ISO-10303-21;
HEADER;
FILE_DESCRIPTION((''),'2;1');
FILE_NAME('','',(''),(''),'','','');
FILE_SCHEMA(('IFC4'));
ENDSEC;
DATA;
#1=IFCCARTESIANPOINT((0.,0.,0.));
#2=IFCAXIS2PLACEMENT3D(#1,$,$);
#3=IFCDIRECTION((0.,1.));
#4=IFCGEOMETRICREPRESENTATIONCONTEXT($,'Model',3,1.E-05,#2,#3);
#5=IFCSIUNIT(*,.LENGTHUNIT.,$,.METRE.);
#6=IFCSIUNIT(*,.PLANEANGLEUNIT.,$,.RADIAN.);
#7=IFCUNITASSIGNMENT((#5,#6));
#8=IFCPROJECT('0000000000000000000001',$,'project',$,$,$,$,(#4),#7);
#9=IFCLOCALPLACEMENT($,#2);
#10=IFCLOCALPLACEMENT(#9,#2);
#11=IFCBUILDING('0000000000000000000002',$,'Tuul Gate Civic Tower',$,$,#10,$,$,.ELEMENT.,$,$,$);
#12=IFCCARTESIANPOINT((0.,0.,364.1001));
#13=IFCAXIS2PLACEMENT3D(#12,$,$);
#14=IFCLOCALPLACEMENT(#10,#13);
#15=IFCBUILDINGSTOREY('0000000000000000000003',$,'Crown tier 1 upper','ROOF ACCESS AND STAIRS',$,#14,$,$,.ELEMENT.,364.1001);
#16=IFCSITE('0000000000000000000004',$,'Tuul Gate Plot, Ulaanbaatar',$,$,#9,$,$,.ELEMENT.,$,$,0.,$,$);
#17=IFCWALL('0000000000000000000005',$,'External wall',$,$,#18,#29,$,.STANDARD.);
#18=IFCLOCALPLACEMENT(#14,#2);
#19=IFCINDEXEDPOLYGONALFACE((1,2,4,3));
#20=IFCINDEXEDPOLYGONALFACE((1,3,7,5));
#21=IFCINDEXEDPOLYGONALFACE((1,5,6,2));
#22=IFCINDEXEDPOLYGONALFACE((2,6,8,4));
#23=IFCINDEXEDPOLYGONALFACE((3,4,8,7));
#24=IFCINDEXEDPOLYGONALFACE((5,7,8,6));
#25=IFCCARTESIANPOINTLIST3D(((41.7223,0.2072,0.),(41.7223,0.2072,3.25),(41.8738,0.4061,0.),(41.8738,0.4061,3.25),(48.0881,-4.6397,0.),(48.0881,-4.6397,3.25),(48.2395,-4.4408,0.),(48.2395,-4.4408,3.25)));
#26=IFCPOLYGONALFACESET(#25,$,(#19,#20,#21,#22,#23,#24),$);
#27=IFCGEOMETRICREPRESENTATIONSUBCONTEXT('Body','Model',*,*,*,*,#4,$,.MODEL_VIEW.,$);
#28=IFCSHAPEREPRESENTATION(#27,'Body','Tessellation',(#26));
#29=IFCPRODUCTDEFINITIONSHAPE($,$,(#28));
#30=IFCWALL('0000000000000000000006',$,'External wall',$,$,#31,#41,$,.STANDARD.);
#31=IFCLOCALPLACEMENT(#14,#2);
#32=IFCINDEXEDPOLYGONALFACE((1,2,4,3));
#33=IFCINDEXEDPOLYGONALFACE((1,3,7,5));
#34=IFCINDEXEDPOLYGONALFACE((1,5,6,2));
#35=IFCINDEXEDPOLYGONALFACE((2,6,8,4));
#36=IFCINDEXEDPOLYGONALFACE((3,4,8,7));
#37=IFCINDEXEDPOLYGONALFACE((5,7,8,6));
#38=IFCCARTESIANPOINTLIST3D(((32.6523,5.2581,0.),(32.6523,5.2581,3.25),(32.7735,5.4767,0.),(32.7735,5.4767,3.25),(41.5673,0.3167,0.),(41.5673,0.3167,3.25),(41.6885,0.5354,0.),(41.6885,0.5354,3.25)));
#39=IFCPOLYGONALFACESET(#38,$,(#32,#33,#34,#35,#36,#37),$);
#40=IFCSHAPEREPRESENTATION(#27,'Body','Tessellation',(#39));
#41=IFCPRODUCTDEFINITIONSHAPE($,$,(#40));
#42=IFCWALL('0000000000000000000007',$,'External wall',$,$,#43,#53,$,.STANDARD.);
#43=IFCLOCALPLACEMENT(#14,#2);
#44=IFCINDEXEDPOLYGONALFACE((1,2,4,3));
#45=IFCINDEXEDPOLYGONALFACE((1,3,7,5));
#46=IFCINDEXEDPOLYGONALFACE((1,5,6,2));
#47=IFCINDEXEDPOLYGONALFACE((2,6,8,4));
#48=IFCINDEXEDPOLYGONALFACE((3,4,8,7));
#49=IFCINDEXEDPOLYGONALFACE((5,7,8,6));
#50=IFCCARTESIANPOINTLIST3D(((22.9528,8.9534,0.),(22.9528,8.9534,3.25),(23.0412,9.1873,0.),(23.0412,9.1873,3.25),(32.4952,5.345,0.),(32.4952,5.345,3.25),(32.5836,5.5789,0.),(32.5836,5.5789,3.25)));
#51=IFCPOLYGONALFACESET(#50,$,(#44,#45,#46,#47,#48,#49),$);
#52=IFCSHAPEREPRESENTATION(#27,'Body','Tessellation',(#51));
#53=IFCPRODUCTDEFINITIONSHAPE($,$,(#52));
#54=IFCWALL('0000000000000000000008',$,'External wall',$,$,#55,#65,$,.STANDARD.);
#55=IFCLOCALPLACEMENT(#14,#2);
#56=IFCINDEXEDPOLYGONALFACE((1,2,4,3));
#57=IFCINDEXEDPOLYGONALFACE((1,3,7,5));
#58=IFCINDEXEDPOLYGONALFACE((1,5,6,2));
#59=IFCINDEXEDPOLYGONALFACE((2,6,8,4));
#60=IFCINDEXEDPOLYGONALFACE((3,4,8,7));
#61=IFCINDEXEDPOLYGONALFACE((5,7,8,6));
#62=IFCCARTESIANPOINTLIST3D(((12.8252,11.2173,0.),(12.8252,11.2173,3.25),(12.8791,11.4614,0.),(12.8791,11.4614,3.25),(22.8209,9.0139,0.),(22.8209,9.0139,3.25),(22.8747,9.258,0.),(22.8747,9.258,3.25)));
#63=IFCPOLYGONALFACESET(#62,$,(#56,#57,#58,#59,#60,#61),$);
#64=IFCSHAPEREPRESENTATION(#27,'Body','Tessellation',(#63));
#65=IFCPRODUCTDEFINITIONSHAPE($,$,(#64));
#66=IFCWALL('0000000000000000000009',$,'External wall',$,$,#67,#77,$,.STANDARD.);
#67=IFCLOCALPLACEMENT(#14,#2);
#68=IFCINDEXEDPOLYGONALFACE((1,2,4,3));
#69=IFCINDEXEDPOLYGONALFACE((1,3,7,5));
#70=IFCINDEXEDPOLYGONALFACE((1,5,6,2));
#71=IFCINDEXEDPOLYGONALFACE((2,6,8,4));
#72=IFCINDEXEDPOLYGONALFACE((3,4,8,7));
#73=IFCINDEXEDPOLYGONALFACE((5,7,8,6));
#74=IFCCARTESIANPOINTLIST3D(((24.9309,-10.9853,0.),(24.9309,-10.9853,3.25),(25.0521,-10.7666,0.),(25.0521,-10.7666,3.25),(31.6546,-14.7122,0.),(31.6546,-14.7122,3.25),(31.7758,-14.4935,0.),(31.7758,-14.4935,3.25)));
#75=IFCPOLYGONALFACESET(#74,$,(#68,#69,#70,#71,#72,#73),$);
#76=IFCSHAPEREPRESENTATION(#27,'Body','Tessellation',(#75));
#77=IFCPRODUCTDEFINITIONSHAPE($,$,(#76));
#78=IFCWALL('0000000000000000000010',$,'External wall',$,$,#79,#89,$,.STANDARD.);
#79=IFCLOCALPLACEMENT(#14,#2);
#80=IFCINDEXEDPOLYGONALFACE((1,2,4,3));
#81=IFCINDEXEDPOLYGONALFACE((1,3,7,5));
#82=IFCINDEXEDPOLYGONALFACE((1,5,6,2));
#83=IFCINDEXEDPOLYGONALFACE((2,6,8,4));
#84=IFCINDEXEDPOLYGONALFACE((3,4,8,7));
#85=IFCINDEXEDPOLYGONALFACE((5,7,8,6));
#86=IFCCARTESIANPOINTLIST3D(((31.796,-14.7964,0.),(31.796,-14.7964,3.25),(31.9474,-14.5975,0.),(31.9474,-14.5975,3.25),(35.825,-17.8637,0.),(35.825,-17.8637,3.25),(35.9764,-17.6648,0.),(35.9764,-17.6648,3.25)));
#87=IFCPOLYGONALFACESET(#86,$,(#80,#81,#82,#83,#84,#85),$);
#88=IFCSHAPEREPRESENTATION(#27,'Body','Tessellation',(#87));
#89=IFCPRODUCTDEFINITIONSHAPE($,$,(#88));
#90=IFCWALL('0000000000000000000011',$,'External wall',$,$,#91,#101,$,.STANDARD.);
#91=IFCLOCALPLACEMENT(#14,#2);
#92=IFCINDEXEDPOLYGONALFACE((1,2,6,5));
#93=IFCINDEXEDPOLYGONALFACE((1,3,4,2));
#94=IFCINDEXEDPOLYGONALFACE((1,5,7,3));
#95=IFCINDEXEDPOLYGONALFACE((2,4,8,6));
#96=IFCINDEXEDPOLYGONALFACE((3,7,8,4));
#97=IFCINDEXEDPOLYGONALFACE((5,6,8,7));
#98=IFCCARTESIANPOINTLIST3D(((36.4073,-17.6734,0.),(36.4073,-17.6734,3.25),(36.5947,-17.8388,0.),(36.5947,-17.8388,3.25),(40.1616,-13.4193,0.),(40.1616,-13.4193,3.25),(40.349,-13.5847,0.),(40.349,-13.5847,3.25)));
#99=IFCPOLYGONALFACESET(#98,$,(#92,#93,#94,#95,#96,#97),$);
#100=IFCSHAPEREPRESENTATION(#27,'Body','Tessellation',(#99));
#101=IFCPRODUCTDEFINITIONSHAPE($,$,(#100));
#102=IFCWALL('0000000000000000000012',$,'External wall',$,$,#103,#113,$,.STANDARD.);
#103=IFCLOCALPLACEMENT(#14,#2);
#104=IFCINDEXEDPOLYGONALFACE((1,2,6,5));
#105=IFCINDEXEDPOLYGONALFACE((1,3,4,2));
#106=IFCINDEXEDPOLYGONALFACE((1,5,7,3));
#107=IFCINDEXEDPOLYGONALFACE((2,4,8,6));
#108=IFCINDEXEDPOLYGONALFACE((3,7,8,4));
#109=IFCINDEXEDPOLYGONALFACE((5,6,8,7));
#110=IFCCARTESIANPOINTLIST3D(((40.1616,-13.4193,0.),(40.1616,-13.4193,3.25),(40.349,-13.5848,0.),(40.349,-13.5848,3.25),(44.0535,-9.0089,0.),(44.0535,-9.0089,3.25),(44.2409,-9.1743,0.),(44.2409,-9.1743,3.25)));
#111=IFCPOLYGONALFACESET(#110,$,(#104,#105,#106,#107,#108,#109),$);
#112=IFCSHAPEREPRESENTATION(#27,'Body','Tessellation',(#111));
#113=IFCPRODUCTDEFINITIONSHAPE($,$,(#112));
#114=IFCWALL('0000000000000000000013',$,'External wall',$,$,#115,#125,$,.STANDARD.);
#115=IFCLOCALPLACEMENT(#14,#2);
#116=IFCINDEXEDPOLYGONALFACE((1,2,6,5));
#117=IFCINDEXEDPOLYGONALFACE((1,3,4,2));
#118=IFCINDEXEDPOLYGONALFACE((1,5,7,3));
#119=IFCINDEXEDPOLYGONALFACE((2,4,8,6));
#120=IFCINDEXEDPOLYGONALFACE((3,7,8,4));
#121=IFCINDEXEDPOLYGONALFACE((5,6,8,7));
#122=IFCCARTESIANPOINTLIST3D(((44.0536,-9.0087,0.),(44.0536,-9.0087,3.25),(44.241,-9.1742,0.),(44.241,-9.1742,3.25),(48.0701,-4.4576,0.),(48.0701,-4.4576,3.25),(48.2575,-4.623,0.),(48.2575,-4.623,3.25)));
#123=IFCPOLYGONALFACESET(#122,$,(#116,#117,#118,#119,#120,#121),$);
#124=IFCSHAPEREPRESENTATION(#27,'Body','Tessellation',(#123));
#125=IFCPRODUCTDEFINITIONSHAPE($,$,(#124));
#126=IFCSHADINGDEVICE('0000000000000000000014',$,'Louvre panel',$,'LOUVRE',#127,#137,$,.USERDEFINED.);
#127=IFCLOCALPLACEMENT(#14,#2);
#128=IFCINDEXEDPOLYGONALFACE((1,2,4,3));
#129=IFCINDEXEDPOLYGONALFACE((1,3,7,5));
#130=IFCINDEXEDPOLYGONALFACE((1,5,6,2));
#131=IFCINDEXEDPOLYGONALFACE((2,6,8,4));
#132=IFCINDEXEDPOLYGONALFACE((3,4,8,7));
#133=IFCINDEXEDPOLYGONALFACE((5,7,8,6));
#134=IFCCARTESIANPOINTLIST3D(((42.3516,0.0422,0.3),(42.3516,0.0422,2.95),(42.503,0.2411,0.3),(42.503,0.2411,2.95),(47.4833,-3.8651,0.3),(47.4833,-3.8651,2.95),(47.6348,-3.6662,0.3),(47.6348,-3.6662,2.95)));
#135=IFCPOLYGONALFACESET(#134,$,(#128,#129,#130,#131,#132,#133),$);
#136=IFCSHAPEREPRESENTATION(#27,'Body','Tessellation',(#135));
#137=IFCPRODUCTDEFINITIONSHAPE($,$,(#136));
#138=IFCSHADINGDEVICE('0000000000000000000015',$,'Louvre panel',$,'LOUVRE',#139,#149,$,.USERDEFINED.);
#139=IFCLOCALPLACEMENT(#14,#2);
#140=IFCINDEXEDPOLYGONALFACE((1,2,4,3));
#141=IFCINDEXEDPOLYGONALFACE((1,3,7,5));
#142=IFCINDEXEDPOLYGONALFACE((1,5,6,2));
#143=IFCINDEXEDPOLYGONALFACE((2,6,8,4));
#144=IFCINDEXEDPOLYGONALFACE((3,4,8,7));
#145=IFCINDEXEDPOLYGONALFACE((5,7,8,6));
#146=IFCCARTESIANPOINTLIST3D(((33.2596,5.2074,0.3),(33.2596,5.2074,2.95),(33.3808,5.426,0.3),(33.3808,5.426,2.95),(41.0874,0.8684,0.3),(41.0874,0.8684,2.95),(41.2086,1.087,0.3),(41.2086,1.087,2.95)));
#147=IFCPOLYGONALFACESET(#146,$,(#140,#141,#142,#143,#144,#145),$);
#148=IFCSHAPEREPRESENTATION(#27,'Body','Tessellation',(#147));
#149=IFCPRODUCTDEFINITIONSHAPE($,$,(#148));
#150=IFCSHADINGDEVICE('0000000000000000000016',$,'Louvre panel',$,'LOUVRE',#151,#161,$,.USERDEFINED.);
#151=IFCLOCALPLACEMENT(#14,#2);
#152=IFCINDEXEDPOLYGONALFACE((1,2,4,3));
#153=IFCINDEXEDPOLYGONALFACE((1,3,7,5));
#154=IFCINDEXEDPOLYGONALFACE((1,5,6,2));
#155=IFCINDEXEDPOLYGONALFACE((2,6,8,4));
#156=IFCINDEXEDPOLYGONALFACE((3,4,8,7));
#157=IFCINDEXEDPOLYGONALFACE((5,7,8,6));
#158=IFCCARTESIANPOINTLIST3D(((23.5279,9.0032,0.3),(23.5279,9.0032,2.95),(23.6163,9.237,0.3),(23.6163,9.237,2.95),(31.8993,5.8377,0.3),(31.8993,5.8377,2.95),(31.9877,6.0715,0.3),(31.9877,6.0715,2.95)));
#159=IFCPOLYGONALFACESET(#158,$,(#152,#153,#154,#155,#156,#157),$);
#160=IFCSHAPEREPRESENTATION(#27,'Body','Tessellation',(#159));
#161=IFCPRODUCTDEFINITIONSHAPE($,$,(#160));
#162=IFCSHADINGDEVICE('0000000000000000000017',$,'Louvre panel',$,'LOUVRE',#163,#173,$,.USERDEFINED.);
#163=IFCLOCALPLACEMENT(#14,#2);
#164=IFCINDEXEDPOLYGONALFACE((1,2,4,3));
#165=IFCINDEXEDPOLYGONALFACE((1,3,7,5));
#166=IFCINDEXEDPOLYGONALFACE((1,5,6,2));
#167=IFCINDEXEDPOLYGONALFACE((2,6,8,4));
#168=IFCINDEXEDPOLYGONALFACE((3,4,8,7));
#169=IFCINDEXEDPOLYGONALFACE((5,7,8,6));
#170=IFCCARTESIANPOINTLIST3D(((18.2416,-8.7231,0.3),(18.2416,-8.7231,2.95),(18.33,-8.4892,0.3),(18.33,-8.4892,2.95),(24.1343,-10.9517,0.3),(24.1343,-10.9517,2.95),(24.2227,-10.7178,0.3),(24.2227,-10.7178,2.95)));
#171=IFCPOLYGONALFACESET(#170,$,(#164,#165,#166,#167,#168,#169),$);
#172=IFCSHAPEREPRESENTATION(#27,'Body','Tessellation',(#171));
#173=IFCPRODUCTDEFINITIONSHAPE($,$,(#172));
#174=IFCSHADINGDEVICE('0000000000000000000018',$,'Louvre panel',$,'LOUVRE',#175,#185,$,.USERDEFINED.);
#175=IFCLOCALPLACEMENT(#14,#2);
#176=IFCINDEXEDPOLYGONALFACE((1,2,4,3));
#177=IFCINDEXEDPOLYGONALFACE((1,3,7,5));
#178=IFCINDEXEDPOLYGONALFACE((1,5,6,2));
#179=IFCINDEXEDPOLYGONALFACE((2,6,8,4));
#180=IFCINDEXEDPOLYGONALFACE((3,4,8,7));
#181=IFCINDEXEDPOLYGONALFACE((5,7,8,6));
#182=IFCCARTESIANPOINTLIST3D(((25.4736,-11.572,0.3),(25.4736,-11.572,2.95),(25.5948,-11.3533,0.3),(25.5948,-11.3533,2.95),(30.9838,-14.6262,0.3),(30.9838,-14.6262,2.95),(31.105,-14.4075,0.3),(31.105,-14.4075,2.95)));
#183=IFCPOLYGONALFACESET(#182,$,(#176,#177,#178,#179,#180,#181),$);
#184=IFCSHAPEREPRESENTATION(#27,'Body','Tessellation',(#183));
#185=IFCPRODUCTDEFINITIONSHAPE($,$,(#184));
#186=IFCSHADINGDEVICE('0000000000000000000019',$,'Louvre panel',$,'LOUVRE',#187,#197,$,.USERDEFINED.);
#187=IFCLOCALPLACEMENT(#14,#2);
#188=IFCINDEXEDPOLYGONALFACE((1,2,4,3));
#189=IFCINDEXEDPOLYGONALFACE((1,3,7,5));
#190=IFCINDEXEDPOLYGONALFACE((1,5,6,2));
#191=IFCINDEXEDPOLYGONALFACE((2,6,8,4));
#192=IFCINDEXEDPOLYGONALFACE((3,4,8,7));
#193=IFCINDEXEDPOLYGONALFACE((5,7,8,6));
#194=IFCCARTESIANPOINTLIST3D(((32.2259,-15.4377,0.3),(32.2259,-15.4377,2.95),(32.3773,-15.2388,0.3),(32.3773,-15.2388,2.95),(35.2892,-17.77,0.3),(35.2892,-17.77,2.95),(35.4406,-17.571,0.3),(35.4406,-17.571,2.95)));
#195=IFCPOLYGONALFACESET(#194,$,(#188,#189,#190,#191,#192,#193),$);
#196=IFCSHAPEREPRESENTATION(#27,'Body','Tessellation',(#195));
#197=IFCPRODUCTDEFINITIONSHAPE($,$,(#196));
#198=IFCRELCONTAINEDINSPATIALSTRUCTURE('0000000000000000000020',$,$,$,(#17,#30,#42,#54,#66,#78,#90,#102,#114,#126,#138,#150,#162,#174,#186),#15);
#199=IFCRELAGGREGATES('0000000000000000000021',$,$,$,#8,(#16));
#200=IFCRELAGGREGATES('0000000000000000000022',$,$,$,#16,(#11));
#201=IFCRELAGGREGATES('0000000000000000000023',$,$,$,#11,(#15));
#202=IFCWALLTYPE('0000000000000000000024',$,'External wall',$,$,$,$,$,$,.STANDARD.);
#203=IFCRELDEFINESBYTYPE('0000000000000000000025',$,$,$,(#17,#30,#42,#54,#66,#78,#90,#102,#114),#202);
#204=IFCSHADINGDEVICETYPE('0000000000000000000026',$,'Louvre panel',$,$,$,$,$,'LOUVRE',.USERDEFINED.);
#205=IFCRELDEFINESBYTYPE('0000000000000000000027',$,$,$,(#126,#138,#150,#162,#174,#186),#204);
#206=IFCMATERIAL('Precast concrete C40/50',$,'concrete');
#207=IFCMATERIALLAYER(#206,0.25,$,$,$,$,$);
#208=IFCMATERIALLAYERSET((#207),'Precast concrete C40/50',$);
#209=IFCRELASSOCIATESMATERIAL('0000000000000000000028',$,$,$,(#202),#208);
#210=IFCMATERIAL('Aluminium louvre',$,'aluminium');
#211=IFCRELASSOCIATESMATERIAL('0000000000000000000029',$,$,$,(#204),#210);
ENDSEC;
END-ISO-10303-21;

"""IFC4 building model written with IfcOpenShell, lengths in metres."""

from ifc_helpers import new_model, si_unit, direction, frame, frame_2d, origin, origin_2d, place, context, subcontext, project, spatial, rectangle, extrude, material, layer, layer_set, type_object, element, save


model = new_model("IFC4")

# Units and contexts
model_context = context("Model", 3, precision=1e-05, world=origin(), true_north=direction((0.0, 1.0)))
body_context = subcontext(model_context, "Body", "Model", "MODEL_VIEW")
ifc_project = project(units=[si_unit("LENGTHUNIT", "METRE"), si_unit("PLANEANGLEUNIT", "RADIAN")], contexts=[model_context])

# Site, building, storey
site_placement = place(None, origin())
site = spatial("IfcSite", under=ifc_project, at=site_placement, Name="Tuul Gate Plot, Ulaanbaatar", CompositionType="ELEMENT", RefElevation=0.0)
building_placement = place(site_placement, origin())
building = spatial("IfcBuilding", under=site, at=building_placement, Name="Tuul Gate Civic Tower", CompositionType="ELEMENT")
storey_placement = place(building_placement, frame((0.0, 0.0, 364.1001)))
storey = spatial("IfcBuildingStorey", under=building, at=storey_placement, Name="Crown tier 1 upper", Description="ROOF ACCESS AND STAIRS", CompositionType="ELEMENT", Elevation=364.1001)

# Walls
ifc_material_1 = material(Name="Precast concrete C40/50", Category="concrete")
ifc_layer = layer(ifc_material_1, 0.25)
ifc_layer_set = layer_set([ifc_layer], Name="Precast concrete C40/50")
wall_type = type_object("IfcWallType", Name="External wall", PredefinedType="STANDARD", material=ifc_layer_set)
wall_1_placement = place(storey_placement, frame((48.1638, -4.5403, 0.0), z_axis=(0.0, 0.0, 1.0), x_axis=(-0.795622, 0.605794, 0.0)))
element("IfcWall", 1, at=wall_1_placement, inside=storey, type_object=wall_type, Name="External wall", PredefinedType="STANDARD", context=body_context, shape_type="SweptSolid", body=[
    extrude(rectangle(XDim=8.001, YDim=0.25, at=frame_2d((4.0005, 0.0))), origin(), (0.0, 0.0, 1.0), 3.25),
])
wall_2_placement = place(storey_placement, frame((41.6279, 0.426, 0.0), z_axis=(0.0, 0.0, 1.0), x_axis=(-0.874631, 0.484789, 0.0)))
element("IfcWall", 2, at=wall_2_placement, inside=storey, type_object=wall_type, Name="External wall", PredefinedType="STANDARD", context=body_context, shape_type="SweptSolid", body=[
    extrude(rectangle(XDim=10.1929, YDim=0.25, at=frame_2d((5.0964, 0.0))), origin(), (0.0, 0.0, 1.0), 3.25),
])
wall_3_placement = place(storey_placement, frame((32.5396, 5.4619, 0.0), z_axis=(0.0, 0.0, 1.0), x_axis=(-0.93536, 0.353697, 0.0)))
element("IfcWall", 3, at=wall_3_placement, inside=storey, type_object=wall_type, Name="External wall", PredefinedType="STANDARD", context=body_context, shape_type="SweptSolid", body=[
    extrude(rectangle(XDim=10.2019, YDim=0.25, at=frame_2d((5.1011, 0.0))), origin(), (0.0, 0.0, 1.0), 3.25),
])
wall_4_placement = place(storey_placement, frame((22.8477, 9.136, 0.0), z_axis=(0.0, 0.0, 1.0), x_axis=(-0.976555, 0.215266, 0.0)))
element("IfcWall", 4, at=wall_4_placement, inside=storey, type_object=wall_type, Name="External wall", PredefinedType="STANDARD", context=body_context, shape_type="SweptSolid", body=[
    extrude(rectangle(XDim=10.2356, YDim=0.25, at=frame_2d((5.1177, 0.0))), origin(), (0.0, 0.0, 1.0), 3.25),
])
wall_5_placement = place(storey_placement, frame((24.9915, -10.876, 0.0), z_axis=(0.0, 0.0, 1.0), x_axis=(0.874629, -0.484793, 0.0)))
element("IfcWall", 5, at=wall_5_placement, inside=storey, type_object=wall_type, Name="External wall", PredefinedType="STANDARD", context=body_context, shape_type="SweptSolid", body=[
    extrude(rectangle(XDim=7.6875, YDim=0.25, at=frame_2d((3.8438, 0.0))), origin(), (0.0, 0.0, 1.0), 3.25),
])
wall_6_placement = place(storey_placement, frame((31.8718, -14.697, 0.0), z_axis=(0.0, 0.0, 1.0), x_axis=(0.795657, -0.605747, 0.0)))
element("IfcWall", 6, at=wall_6_placement, inside=storey, type_object=wall_type, Name="External wall", PredefinedType="STANDARD", context=body_context, shape_type="SweptSolid", body=[
    extrude(rectangle(XDim=5.0637, YDim=0.25, at=frame_2d((2.5317, 0.0))), origin(), (0.0, 0.0, 1.0), 3.25),
])
wall_7_placement = place(storey_placement, frame((36.501, -17.7561, 0.0), z_axis=(0.0, 0.0, 1.0), x_axis=(0.661694, 0.749774, 0.0)))
element("IfcWall", 7, at=wall_7_placement, inside=storey, type_object=wall_type, Name="External wall", PredefinedType="STANDARD", context=body_context, shape_type="SweptSolid", body=[
    extrude(rectangle(XDim=5.6738, YDim=0.25, at=frame_2d((2.8369, 0.0))), origin(), (0.0, 0.0, 1.0), 3.25),
])
wall_8_placement = place(storey_placement, frame((40.2554, -13.502, 0.0), z_axis=(0.0, 0.0, 1.0), x_axis=(0.661652, 0.749811, 0.0)))
element("IfcWall", 8, at=wall_8_placement, inside=storey, type_object=wall_type, Name="External wall", PredefinedType="STANDARD", context=body_context, shape_type="SweptSolid", body=[
    extrude(rectangle(XDim=5.8821, YDim=0.25, at=frame_2d((2.9409, 0.0))), origin(), (0.0, 0.0, 1.0), 3.25),
])
wall_9_placement = place(storey_placement, frame((44.1472, -9.0916, 0.0), z_axis=(0.0, 0.0, 1.0), x_axis=(0.661693, 0.749774, 0.0)))
element("IfcWall", 9, at=wall_9_placement, inside=storey, type_object=wall_type, Name="External wall", PredefinedType="STANDARD", context=body_context, shape_type="SweptSolid", body=[
    extrude(rectangle(XDim=6.0701, YDim=0.25, at=frame_2d((3.0352, 0.0))), origin(), (0.0, 0.0, 1.0), 3.25),
])

# Shading devices
ifc_material_2 = material(Name="Aluminium louvre", Category="aluminium")
shading_device_type = type_object("IfcShadingDeviceType", Name="Louvre panel", ElementType="LOUVRE", PredefinedType="USERDEFINED", material=ifc_material_2)
shading_device_1_placement = place(storey_placement, frame((44.9932, -1.812, 0.3), z_axis=(0.0, 0.0, 1.0), x_axis=(0.605782, 0.79563, 0.0)))
element("IfcShadingDevice", 10, at=shading_device_1_placement, inside=storey, type_object=shading_device_type, Name="Louvre panel", ObjectType="LOUVRE", PredefinedType="USERDEFINED", context=body_context, shape_type="SweptSolid", body=[
    extrude(rectangle(XDim=0.25, YDim=6.45, at=origin_2d()), origin(), (0.0, 0.0, 1.0), 2.6499),
])
for number, where, z_axis, x_axis, name in (
    (11, (37.2341, 3.1472, 0.3), (0.0, 0.0, 1.0), (0.484806, 0.874622, 0.0), "Louvre panel"),
    (12, (27.7578, 7.5374, 0.3), (0.0, 0.0, 1.0), (0.353691, 0.935362, 0.0), "Louvre panel"),
):
    element("IfcShadingDevice", number, at=place(storey_placement, frame(where, z_axis=z_axis, x_axis=x_axis)), inside=storey, type_object=shading_device_type, Name=name, ObjectType="LOUVRE", PredefinedType="USERDEFINED", context=body_context, shape_type="SweptSolid", body=[
        extrude(rectangle(XDim=0.25, YDim=8.95, at=origin_2d()), origin(), (0.0, 0.0, 1.0), 2.6499),
    ])
for number, where, z_axis, x_axis, name in (
    (13, (21.2322, -9.7205, 0.3), (0.0, 0.0, 1.0), (-0.353744, -0.935342, 0.0), "Louvre panel"),
    (14, (28.2893, -12.9897, 0.3), (0.0, 0.0, 1.0), (-0.484784, -0.874634, 0.0), "Louvre panel"),
):
    element("IfcShadingDevice", number, at=place(storey_placement, frame(where, z_axis=z_axis, x_axis=x_axis)), inside=storey, type_object=shading_device_type, Name=name, ObjectType="LOUVRE", PredefinedType="USERDEFINED", context=body_context, shape_type="SweptSolid", body=[
        extrude(rectangle(XDim=0.25, YDim=6.3, at=origin_2d()), origin(), (0.0, 0.0, 1.0), 2.6499),
    ])
shading_device_2_placement = place(storey_placement, frame((33.8333, -16.5044, 0.3), z_axis=(0.0, 0.0, 1.0), x_axis=(-0.605752, -0.795653, 0.0)))
element("IfcShadingDevice", 15, at=shading_device_2_placement, inside=storey, type_object=shading_device_type, Name="Louvre panel", ObjectType="LOUVRE", PredefinedType="USERDEFINED", context=body_context, shape_type="SweptSolid", body=[
    extrude(rectangle(XDim=0.25, YDim=3.8501, at=origin_2d()), origin(), (0.0, 0.0, 1.0), 2.6499),
])

save(model, "model.ifc")
